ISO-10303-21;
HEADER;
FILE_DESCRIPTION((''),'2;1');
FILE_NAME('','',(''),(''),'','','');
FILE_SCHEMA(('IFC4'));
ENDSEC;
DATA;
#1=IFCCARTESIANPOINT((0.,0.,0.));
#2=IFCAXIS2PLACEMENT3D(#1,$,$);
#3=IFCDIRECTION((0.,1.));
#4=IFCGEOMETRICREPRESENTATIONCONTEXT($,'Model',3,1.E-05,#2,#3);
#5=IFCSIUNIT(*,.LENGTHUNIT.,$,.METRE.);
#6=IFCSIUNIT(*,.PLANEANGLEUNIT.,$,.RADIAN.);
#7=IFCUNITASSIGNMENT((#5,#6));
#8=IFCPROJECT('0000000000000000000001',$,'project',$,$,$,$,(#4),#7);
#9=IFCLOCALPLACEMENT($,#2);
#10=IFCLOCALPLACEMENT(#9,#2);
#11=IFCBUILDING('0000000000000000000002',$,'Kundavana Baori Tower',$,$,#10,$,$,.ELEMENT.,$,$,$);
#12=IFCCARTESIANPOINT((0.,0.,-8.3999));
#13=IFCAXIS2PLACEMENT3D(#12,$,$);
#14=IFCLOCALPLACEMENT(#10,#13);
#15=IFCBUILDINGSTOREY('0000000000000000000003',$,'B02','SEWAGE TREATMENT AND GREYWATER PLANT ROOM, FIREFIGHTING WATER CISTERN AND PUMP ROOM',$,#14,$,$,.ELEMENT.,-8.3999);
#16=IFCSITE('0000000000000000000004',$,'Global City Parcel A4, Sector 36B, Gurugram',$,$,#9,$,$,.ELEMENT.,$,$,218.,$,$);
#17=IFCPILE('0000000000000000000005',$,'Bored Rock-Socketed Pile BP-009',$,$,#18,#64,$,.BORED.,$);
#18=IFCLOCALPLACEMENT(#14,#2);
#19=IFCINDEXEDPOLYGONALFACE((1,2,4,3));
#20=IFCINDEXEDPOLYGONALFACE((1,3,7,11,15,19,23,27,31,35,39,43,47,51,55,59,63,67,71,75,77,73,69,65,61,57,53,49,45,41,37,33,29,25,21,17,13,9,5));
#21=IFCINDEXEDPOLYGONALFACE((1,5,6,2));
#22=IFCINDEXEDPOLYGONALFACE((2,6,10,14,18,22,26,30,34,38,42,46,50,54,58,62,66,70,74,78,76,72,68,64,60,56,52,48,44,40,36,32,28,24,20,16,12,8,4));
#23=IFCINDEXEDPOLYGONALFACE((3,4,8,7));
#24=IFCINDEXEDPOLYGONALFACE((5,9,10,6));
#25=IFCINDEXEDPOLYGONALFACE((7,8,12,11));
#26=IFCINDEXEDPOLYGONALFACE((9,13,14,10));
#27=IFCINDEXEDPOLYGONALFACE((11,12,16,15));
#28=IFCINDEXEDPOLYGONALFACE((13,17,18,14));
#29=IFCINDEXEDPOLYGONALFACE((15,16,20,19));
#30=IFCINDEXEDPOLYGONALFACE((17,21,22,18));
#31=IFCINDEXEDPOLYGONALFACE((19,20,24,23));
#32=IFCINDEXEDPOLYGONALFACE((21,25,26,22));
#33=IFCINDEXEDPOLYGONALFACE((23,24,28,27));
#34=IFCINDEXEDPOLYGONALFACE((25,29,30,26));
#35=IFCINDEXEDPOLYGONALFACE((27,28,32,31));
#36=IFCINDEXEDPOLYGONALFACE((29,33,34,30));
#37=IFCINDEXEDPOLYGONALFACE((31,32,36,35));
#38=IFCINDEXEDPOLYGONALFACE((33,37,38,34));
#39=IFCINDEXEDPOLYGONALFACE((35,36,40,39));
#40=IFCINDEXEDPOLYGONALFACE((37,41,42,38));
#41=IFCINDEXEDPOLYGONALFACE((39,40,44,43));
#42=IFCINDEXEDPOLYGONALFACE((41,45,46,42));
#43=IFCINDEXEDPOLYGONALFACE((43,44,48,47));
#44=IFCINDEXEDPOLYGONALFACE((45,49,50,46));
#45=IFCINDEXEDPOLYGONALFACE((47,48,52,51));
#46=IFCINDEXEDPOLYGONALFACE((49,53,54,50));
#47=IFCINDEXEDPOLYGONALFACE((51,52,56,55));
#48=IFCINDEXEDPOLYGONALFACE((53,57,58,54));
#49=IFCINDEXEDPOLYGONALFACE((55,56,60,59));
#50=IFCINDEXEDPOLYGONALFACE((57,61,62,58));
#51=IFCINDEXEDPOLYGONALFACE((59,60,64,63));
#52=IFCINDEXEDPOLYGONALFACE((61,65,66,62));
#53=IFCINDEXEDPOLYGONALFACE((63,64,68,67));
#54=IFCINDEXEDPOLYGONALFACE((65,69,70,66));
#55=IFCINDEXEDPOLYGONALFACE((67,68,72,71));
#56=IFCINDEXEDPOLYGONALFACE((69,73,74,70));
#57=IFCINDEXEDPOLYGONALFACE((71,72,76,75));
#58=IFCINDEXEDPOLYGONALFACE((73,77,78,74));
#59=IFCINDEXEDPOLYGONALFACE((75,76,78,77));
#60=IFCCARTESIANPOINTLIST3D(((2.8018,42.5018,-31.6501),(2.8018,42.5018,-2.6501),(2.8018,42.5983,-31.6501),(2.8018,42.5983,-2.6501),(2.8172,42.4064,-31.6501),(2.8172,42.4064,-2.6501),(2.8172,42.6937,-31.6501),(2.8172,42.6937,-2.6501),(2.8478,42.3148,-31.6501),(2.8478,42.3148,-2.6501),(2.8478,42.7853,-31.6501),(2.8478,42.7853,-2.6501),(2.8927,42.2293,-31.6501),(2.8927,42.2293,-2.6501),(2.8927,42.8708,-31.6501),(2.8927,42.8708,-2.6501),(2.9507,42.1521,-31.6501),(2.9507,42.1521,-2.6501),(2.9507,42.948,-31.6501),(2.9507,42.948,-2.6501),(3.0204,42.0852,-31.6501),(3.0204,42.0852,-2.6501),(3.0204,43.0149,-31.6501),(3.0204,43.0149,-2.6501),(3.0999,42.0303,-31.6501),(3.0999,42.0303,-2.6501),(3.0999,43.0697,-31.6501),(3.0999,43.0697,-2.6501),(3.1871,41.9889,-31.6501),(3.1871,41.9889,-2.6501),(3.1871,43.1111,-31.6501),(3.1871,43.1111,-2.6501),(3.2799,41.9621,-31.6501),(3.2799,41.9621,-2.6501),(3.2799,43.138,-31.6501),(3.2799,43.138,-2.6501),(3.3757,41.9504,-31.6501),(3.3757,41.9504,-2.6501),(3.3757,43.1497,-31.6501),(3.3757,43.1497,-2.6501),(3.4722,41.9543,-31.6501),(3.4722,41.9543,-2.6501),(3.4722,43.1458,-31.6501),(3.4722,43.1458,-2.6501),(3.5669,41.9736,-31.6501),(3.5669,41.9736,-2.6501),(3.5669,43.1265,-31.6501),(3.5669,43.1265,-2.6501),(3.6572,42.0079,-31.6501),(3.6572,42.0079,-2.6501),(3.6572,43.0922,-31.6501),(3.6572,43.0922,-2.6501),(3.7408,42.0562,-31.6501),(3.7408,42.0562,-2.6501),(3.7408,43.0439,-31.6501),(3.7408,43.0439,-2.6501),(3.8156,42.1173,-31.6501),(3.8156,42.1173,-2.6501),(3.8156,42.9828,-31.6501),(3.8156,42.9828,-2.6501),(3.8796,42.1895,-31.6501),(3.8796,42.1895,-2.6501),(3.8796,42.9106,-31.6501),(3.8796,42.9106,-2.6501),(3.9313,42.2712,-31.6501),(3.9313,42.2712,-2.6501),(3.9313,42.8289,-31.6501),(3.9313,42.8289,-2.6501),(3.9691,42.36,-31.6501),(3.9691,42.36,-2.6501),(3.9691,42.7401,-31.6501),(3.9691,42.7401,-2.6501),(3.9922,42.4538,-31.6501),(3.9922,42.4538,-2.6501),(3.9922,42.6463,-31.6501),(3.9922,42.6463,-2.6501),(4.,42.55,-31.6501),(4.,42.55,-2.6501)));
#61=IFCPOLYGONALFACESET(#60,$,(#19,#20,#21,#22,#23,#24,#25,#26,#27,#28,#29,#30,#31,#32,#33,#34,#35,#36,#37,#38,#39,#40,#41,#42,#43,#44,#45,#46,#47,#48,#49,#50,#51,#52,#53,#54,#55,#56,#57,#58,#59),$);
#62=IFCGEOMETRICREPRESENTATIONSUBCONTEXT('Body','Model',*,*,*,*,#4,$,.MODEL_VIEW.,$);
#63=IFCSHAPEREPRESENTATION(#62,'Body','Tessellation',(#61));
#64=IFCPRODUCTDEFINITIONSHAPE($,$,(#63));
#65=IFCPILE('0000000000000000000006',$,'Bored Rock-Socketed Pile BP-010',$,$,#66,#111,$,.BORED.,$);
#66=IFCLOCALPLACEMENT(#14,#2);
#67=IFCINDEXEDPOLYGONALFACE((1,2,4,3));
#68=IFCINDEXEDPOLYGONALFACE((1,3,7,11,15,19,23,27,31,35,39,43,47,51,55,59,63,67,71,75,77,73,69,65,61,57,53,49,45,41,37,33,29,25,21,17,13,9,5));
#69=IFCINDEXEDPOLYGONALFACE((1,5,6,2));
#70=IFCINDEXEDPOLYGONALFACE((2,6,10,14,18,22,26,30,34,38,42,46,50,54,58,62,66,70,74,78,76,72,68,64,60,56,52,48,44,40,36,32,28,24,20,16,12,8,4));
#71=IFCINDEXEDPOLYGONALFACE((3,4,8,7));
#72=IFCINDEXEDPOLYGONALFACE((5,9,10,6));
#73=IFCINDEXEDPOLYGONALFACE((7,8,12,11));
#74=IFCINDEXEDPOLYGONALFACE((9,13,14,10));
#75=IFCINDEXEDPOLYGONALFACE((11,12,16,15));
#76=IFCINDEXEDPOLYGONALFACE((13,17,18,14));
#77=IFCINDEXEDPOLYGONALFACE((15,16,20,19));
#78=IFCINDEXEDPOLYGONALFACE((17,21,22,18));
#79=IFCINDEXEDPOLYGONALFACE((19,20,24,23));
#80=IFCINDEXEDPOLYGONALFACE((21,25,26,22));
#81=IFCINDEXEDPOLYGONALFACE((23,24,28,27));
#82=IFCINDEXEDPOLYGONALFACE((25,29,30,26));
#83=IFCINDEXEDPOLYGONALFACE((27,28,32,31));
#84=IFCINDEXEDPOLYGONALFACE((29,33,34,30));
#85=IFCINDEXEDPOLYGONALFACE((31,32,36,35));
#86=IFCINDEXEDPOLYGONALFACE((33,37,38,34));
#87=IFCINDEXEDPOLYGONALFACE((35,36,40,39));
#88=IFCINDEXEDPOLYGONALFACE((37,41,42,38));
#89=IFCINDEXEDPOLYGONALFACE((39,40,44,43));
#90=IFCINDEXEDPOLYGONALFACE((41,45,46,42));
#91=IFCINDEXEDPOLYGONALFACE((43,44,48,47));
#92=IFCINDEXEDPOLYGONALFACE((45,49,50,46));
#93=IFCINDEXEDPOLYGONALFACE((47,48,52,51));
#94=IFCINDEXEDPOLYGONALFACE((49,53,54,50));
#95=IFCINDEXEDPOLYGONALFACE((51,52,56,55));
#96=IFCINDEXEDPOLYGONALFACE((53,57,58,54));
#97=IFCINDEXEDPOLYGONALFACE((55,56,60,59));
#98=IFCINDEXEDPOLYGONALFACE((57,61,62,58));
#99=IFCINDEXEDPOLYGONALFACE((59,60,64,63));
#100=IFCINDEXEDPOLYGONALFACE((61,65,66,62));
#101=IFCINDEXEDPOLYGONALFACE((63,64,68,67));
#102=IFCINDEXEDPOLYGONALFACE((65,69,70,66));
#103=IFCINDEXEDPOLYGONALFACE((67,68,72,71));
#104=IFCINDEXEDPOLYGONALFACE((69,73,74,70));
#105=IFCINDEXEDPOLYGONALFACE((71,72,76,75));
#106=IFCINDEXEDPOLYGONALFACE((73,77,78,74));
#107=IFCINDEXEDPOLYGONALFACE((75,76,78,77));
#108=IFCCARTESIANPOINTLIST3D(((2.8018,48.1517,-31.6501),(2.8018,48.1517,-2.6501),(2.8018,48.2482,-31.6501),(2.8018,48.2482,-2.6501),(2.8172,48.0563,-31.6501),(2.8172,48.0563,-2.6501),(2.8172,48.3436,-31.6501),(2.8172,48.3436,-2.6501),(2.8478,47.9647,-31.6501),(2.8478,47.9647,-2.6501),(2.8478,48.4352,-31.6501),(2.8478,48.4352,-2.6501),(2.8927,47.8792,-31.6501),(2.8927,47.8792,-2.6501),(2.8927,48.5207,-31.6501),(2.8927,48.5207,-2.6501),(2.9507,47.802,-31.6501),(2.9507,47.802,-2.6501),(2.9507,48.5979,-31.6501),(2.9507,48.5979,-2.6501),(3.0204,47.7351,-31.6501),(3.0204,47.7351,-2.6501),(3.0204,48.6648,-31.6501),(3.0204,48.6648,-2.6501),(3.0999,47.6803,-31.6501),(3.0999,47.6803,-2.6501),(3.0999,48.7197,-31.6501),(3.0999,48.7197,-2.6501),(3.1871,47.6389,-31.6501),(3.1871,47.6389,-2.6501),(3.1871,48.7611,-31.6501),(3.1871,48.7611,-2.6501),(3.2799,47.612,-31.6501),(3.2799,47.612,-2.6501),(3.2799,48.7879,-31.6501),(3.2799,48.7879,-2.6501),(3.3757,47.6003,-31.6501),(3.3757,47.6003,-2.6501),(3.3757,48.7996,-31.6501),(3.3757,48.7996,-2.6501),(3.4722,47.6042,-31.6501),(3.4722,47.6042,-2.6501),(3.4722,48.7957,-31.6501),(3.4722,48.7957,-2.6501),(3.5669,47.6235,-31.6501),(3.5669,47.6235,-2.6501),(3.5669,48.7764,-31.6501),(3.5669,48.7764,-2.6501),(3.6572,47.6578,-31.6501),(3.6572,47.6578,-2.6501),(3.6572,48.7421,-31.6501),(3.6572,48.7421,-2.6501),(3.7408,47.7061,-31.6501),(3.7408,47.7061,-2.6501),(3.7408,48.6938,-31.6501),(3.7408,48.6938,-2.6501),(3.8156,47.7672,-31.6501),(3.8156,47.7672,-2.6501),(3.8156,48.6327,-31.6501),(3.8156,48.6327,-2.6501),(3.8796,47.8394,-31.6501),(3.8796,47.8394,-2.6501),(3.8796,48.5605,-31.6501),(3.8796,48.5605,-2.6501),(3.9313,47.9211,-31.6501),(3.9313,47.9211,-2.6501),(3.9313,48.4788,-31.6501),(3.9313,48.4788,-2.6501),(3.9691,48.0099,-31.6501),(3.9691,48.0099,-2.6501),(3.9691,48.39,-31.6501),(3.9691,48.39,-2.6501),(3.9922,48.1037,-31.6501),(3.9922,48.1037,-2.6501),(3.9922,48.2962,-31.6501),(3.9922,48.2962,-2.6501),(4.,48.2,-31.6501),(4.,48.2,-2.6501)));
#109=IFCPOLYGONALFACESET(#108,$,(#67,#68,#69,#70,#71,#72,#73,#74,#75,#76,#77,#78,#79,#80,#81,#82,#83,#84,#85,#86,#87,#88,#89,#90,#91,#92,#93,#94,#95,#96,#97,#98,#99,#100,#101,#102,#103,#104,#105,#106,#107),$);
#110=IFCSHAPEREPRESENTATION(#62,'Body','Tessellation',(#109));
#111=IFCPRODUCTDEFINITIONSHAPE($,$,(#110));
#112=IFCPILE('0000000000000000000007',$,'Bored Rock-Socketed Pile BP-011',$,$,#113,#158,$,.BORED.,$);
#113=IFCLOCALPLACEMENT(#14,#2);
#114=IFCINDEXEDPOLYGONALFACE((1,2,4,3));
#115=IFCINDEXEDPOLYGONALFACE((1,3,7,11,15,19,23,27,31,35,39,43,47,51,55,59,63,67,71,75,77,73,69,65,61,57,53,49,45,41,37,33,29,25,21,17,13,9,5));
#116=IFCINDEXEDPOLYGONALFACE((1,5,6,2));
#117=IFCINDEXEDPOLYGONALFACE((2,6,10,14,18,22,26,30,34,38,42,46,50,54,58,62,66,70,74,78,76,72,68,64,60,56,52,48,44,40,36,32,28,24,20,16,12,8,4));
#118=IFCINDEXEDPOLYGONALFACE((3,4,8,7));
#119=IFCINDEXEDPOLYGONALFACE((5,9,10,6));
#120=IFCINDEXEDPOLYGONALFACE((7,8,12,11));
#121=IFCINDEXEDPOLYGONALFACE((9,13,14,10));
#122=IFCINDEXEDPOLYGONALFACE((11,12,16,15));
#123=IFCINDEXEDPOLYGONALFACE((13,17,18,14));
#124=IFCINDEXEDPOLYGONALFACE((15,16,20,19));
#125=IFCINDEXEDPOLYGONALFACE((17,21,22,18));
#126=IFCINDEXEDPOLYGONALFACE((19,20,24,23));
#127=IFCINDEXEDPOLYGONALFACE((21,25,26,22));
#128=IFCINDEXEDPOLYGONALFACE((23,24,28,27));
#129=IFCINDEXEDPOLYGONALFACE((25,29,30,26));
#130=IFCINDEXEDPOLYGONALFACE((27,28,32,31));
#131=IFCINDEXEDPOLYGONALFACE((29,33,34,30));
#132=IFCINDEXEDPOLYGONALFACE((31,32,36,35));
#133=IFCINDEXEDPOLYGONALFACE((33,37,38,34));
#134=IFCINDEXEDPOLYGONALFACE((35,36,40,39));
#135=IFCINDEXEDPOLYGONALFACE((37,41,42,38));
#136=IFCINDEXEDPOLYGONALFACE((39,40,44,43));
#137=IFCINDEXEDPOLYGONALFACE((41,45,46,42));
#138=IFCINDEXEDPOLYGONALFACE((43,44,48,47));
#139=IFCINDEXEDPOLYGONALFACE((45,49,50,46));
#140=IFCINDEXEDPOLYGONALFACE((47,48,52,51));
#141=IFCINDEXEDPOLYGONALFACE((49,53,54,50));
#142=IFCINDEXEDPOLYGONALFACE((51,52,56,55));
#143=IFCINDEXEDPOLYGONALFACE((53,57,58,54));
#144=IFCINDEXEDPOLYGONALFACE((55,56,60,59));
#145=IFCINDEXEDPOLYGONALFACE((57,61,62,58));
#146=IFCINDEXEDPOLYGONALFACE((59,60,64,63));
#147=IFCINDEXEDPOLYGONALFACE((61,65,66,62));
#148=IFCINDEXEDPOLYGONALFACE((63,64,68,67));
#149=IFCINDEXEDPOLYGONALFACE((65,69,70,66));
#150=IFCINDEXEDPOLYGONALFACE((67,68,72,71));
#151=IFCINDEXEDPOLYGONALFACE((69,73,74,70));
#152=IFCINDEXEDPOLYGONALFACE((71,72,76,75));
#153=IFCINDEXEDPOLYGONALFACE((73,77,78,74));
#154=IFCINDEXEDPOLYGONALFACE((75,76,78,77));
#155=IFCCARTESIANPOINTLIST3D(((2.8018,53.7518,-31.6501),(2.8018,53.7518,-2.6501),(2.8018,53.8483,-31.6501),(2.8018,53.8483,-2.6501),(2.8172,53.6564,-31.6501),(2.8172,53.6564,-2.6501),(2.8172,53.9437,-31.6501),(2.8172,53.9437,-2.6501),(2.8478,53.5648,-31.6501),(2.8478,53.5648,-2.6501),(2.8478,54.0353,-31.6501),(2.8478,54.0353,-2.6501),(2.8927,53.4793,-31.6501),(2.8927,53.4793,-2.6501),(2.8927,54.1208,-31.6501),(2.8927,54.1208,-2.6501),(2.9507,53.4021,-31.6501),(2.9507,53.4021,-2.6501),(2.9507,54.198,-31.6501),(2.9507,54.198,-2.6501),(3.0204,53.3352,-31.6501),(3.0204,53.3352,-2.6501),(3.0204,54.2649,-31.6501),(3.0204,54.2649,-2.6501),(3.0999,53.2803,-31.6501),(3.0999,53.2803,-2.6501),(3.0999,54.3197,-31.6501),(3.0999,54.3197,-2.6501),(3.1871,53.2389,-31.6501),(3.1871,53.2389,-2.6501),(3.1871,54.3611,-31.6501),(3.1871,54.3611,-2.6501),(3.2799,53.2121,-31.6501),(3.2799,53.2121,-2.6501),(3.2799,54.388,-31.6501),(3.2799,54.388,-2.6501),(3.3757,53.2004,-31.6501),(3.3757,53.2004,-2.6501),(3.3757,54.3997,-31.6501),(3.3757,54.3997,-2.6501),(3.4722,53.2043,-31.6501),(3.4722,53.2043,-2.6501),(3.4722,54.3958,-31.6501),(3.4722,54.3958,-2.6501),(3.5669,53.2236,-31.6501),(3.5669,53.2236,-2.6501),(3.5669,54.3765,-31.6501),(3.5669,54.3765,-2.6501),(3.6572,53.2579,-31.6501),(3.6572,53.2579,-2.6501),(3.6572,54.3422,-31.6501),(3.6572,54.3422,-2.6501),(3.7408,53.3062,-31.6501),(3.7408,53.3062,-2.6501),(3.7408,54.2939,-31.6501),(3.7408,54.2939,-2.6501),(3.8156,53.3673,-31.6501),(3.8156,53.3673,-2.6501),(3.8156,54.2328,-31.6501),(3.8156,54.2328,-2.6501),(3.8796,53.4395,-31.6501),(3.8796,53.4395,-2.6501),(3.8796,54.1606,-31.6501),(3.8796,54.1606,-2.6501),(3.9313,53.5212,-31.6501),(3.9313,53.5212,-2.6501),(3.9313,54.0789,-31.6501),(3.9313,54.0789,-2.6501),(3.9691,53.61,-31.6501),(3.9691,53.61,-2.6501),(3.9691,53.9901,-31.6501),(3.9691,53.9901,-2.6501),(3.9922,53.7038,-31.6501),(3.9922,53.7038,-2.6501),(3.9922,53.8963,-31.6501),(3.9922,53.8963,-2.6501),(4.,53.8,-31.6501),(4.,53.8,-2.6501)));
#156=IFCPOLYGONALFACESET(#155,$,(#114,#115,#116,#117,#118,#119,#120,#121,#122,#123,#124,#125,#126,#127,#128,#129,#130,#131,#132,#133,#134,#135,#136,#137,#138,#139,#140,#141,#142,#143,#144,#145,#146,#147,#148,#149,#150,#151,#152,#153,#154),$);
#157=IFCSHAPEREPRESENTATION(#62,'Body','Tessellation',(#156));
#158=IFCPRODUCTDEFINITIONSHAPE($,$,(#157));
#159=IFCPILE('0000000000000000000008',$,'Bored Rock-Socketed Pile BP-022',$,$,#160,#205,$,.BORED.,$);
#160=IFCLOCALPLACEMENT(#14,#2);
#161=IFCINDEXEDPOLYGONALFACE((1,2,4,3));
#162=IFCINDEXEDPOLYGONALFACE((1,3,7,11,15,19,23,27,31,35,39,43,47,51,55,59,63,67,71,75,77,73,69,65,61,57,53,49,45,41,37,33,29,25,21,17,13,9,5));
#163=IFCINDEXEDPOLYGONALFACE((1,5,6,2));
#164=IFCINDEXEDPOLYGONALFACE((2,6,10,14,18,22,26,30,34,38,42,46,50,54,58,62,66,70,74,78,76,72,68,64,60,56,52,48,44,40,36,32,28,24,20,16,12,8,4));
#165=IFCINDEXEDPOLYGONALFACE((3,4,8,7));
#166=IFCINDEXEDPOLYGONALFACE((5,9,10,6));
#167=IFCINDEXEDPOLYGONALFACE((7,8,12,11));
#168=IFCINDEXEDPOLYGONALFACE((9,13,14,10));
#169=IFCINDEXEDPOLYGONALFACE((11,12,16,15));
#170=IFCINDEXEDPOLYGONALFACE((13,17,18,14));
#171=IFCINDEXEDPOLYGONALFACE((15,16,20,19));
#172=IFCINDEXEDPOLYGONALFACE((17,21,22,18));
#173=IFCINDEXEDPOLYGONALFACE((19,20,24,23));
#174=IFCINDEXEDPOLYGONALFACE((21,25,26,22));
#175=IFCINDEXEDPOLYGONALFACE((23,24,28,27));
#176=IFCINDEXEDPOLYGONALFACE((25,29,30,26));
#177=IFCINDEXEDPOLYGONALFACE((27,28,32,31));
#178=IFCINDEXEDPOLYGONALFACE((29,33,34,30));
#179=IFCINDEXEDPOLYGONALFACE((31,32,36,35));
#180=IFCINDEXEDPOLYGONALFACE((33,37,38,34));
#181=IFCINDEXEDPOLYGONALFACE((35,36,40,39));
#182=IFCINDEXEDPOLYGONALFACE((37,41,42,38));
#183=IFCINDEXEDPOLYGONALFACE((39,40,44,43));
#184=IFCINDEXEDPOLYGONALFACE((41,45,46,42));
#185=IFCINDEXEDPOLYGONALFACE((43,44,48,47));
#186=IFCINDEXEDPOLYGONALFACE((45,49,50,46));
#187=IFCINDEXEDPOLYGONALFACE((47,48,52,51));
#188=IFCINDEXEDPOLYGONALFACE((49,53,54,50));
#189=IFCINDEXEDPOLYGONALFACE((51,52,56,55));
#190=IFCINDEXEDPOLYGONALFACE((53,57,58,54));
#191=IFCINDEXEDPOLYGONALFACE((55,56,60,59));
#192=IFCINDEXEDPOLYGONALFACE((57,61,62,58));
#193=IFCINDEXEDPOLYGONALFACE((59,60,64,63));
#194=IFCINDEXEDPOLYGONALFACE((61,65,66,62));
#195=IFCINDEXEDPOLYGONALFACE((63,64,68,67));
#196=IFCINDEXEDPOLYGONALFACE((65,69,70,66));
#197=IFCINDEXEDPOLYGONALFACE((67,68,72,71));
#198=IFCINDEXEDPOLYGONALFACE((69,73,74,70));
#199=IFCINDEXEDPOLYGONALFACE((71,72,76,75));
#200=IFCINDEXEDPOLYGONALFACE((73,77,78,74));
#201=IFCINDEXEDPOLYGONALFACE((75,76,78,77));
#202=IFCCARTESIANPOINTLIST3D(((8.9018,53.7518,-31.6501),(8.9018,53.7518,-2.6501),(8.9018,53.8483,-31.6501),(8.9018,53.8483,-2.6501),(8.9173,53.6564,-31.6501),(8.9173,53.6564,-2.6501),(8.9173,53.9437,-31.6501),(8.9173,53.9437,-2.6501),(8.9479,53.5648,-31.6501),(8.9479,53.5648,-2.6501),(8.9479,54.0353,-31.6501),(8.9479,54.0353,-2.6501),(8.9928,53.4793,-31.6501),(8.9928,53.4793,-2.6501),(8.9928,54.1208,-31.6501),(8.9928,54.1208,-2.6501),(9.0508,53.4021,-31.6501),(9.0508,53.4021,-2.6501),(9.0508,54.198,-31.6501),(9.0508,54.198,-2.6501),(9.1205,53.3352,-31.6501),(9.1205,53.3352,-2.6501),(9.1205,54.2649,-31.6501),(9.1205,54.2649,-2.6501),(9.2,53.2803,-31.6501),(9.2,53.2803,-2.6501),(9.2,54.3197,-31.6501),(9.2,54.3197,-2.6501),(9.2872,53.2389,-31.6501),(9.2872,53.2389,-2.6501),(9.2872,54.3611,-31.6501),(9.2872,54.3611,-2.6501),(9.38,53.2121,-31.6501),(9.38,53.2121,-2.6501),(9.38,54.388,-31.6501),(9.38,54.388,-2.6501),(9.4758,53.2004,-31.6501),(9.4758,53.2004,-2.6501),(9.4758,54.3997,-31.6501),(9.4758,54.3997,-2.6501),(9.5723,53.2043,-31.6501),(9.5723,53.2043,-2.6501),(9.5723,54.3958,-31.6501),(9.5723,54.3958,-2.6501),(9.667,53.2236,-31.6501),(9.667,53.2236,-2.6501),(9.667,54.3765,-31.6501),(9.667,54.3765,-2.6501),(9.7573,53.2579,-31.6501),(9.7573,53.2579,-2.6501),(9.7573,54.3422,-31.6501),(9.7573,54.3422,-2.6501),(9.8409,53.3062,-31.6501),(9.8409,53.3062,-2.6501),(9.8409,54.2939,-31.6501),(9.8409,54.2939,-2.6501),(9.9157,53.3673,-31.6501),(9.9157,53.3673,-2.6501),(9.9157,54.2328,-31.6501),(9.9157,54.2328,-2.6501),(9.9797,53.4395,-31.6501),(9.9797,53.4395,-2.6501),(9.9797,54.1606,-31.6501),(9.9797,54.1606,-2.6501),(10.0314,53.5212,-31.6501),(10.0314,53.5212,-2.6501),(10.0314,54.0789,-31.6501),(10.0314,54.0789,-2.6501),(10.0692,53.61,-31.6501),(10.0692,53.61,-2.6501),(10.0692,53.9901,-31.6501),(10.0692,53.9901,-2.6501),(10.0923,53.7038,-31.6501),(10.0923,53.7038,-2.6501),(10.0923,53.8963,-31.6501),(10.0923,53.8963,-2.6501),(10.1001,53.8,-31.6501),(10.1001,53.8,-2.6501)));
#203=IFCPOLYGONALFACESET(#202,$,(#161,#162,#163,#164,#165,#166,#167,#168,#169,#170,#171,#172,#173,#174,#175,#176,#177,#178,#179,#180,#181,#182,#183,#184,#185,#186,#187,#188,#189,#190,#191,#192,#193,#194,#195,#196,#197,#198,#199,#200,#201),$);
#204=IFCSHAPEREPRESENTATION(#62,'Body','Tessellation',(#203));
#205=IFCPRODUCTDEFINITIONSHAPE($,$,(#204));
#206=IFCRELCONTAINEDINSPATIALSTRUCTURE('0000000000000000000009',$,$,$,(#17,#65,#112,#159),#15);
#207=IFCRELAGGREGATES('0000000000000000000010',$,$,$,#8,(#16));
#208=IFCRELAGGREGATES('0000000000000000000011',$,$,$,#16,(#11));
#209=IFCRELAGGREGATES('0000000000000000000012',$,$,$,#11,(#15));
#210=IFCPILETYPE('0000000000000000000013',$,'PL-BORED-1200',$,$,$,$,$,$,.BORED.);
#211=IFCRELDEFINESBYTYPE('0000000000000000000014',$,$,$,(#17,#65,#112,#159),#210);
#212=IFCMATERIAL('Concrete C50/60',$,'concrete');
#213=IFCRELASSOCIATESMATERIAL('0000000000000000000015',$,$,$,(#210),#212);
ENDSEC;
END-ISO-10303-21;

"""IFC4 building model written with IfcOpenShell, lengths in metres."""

from ifc_helpers import new_model, si_unit, direction, frame, origin, origin_2d, place, context, subcontext, project, spatial, circle, extrude, material, material_profile, profile_set, type_object, element, save


model = new_model("IFC4")

# Units and contexts
model_context = context("Model", 3, precision=1e-05, world=origin(), true_north=direction((0.0, 1.0)))
body_context = subcontext(model_context, "Body", "Model", "MODEL_VIEW")
ifc_project = project(units=[si_unit("LENGTHUNIT", "METRE"), si_unit("PLANEANGLEUNIT", "RADIAN")], contexts=[model_context])

# Site, building, storey
site_placement = place(None, origin())
site = spatial("IfcSite", under=ifc_project, at=site_placement, Name="Global City Parcel A4, Sector 36B, Gurugram", CompositionType="ELEMENT", RefElevation=218.0)
building_placement = place(site_placement, origin())
building = spatial("IfcBuilding", under=site, at=building_placement, Name="Kundavana Baori Tower", CompositionType="ELEMENT")
storey_placement = place(building_placement, frame((0.0, 0.0, -8.3999)))
storey = spatial("IfcBuildingStorey", under=building, at=storey_placement, Name="B02", Description="SEWAGE TREATMENT AND GREYWATER PLANT ROOM, FIREFIGHTING WATER CISTERN AND PUMP ROOM", CompositionType="ELEMENT", Elevation=-8.3999)

# Piles
ifc_material_1 = material(Name="Concrete C50/60", Category="concrete")
ifc_material_profile_1 = material_profile(ifc_material_1, circle(Radius=0.6001, at=origin_2d()), Name="BORED PILE D1200")
ifc_profile_set_1 = profile_set([ifc_material_profile_1], Name="Concrete C50/60")
pile_type_1 = type_object("IfcPileType", Name="PL-BORED-1200", PredefinedType="BORED", material=ifc_profile_set_1)
for number, where, z_axis, x_axis, name in (
    (1, (3.3999, 42.55, -2.6501), (0.0, 0.0, -1.0), (1.0, 0.0, 0.0), "Bored Rock-Socketed Pile BP-009"),
    (2, (3.3999, 48.2, -2.6501), (0.0, 0.0, -1.0), (1.0, 0.0, 0.0), "Bored Rock-Socketed Pile BP-010"),
    (3, (3.3999, 53.8, -2.6501), (0.0, 0.0, -1.0), (1.0, 0.0, 0.0), "Bored Rock-Socketed Pile BP-011"),
    (4, (9.5, 53.8, -2.6501), (0.0, 0.0, -1.0), (1.0, 0.0, 0.0), "Bored Rock-Socketed Pile BP-022"),
):
    element("IfcPile", number, at=place(storey_placement, frame(where, z_axis=z_axis, x_axis=x_axis)), inside=storey, type_object=pile_type_1, Name=name, PredefinedType="BORED", context=body_context, shape_type="SweptSolid", body=[
        extrude(circle(Radius=0.6001, at=origin_2d()), origin(), (0.0, 0.0, 1.0), 29.0),
    ])

save(model, "model.ifc")
